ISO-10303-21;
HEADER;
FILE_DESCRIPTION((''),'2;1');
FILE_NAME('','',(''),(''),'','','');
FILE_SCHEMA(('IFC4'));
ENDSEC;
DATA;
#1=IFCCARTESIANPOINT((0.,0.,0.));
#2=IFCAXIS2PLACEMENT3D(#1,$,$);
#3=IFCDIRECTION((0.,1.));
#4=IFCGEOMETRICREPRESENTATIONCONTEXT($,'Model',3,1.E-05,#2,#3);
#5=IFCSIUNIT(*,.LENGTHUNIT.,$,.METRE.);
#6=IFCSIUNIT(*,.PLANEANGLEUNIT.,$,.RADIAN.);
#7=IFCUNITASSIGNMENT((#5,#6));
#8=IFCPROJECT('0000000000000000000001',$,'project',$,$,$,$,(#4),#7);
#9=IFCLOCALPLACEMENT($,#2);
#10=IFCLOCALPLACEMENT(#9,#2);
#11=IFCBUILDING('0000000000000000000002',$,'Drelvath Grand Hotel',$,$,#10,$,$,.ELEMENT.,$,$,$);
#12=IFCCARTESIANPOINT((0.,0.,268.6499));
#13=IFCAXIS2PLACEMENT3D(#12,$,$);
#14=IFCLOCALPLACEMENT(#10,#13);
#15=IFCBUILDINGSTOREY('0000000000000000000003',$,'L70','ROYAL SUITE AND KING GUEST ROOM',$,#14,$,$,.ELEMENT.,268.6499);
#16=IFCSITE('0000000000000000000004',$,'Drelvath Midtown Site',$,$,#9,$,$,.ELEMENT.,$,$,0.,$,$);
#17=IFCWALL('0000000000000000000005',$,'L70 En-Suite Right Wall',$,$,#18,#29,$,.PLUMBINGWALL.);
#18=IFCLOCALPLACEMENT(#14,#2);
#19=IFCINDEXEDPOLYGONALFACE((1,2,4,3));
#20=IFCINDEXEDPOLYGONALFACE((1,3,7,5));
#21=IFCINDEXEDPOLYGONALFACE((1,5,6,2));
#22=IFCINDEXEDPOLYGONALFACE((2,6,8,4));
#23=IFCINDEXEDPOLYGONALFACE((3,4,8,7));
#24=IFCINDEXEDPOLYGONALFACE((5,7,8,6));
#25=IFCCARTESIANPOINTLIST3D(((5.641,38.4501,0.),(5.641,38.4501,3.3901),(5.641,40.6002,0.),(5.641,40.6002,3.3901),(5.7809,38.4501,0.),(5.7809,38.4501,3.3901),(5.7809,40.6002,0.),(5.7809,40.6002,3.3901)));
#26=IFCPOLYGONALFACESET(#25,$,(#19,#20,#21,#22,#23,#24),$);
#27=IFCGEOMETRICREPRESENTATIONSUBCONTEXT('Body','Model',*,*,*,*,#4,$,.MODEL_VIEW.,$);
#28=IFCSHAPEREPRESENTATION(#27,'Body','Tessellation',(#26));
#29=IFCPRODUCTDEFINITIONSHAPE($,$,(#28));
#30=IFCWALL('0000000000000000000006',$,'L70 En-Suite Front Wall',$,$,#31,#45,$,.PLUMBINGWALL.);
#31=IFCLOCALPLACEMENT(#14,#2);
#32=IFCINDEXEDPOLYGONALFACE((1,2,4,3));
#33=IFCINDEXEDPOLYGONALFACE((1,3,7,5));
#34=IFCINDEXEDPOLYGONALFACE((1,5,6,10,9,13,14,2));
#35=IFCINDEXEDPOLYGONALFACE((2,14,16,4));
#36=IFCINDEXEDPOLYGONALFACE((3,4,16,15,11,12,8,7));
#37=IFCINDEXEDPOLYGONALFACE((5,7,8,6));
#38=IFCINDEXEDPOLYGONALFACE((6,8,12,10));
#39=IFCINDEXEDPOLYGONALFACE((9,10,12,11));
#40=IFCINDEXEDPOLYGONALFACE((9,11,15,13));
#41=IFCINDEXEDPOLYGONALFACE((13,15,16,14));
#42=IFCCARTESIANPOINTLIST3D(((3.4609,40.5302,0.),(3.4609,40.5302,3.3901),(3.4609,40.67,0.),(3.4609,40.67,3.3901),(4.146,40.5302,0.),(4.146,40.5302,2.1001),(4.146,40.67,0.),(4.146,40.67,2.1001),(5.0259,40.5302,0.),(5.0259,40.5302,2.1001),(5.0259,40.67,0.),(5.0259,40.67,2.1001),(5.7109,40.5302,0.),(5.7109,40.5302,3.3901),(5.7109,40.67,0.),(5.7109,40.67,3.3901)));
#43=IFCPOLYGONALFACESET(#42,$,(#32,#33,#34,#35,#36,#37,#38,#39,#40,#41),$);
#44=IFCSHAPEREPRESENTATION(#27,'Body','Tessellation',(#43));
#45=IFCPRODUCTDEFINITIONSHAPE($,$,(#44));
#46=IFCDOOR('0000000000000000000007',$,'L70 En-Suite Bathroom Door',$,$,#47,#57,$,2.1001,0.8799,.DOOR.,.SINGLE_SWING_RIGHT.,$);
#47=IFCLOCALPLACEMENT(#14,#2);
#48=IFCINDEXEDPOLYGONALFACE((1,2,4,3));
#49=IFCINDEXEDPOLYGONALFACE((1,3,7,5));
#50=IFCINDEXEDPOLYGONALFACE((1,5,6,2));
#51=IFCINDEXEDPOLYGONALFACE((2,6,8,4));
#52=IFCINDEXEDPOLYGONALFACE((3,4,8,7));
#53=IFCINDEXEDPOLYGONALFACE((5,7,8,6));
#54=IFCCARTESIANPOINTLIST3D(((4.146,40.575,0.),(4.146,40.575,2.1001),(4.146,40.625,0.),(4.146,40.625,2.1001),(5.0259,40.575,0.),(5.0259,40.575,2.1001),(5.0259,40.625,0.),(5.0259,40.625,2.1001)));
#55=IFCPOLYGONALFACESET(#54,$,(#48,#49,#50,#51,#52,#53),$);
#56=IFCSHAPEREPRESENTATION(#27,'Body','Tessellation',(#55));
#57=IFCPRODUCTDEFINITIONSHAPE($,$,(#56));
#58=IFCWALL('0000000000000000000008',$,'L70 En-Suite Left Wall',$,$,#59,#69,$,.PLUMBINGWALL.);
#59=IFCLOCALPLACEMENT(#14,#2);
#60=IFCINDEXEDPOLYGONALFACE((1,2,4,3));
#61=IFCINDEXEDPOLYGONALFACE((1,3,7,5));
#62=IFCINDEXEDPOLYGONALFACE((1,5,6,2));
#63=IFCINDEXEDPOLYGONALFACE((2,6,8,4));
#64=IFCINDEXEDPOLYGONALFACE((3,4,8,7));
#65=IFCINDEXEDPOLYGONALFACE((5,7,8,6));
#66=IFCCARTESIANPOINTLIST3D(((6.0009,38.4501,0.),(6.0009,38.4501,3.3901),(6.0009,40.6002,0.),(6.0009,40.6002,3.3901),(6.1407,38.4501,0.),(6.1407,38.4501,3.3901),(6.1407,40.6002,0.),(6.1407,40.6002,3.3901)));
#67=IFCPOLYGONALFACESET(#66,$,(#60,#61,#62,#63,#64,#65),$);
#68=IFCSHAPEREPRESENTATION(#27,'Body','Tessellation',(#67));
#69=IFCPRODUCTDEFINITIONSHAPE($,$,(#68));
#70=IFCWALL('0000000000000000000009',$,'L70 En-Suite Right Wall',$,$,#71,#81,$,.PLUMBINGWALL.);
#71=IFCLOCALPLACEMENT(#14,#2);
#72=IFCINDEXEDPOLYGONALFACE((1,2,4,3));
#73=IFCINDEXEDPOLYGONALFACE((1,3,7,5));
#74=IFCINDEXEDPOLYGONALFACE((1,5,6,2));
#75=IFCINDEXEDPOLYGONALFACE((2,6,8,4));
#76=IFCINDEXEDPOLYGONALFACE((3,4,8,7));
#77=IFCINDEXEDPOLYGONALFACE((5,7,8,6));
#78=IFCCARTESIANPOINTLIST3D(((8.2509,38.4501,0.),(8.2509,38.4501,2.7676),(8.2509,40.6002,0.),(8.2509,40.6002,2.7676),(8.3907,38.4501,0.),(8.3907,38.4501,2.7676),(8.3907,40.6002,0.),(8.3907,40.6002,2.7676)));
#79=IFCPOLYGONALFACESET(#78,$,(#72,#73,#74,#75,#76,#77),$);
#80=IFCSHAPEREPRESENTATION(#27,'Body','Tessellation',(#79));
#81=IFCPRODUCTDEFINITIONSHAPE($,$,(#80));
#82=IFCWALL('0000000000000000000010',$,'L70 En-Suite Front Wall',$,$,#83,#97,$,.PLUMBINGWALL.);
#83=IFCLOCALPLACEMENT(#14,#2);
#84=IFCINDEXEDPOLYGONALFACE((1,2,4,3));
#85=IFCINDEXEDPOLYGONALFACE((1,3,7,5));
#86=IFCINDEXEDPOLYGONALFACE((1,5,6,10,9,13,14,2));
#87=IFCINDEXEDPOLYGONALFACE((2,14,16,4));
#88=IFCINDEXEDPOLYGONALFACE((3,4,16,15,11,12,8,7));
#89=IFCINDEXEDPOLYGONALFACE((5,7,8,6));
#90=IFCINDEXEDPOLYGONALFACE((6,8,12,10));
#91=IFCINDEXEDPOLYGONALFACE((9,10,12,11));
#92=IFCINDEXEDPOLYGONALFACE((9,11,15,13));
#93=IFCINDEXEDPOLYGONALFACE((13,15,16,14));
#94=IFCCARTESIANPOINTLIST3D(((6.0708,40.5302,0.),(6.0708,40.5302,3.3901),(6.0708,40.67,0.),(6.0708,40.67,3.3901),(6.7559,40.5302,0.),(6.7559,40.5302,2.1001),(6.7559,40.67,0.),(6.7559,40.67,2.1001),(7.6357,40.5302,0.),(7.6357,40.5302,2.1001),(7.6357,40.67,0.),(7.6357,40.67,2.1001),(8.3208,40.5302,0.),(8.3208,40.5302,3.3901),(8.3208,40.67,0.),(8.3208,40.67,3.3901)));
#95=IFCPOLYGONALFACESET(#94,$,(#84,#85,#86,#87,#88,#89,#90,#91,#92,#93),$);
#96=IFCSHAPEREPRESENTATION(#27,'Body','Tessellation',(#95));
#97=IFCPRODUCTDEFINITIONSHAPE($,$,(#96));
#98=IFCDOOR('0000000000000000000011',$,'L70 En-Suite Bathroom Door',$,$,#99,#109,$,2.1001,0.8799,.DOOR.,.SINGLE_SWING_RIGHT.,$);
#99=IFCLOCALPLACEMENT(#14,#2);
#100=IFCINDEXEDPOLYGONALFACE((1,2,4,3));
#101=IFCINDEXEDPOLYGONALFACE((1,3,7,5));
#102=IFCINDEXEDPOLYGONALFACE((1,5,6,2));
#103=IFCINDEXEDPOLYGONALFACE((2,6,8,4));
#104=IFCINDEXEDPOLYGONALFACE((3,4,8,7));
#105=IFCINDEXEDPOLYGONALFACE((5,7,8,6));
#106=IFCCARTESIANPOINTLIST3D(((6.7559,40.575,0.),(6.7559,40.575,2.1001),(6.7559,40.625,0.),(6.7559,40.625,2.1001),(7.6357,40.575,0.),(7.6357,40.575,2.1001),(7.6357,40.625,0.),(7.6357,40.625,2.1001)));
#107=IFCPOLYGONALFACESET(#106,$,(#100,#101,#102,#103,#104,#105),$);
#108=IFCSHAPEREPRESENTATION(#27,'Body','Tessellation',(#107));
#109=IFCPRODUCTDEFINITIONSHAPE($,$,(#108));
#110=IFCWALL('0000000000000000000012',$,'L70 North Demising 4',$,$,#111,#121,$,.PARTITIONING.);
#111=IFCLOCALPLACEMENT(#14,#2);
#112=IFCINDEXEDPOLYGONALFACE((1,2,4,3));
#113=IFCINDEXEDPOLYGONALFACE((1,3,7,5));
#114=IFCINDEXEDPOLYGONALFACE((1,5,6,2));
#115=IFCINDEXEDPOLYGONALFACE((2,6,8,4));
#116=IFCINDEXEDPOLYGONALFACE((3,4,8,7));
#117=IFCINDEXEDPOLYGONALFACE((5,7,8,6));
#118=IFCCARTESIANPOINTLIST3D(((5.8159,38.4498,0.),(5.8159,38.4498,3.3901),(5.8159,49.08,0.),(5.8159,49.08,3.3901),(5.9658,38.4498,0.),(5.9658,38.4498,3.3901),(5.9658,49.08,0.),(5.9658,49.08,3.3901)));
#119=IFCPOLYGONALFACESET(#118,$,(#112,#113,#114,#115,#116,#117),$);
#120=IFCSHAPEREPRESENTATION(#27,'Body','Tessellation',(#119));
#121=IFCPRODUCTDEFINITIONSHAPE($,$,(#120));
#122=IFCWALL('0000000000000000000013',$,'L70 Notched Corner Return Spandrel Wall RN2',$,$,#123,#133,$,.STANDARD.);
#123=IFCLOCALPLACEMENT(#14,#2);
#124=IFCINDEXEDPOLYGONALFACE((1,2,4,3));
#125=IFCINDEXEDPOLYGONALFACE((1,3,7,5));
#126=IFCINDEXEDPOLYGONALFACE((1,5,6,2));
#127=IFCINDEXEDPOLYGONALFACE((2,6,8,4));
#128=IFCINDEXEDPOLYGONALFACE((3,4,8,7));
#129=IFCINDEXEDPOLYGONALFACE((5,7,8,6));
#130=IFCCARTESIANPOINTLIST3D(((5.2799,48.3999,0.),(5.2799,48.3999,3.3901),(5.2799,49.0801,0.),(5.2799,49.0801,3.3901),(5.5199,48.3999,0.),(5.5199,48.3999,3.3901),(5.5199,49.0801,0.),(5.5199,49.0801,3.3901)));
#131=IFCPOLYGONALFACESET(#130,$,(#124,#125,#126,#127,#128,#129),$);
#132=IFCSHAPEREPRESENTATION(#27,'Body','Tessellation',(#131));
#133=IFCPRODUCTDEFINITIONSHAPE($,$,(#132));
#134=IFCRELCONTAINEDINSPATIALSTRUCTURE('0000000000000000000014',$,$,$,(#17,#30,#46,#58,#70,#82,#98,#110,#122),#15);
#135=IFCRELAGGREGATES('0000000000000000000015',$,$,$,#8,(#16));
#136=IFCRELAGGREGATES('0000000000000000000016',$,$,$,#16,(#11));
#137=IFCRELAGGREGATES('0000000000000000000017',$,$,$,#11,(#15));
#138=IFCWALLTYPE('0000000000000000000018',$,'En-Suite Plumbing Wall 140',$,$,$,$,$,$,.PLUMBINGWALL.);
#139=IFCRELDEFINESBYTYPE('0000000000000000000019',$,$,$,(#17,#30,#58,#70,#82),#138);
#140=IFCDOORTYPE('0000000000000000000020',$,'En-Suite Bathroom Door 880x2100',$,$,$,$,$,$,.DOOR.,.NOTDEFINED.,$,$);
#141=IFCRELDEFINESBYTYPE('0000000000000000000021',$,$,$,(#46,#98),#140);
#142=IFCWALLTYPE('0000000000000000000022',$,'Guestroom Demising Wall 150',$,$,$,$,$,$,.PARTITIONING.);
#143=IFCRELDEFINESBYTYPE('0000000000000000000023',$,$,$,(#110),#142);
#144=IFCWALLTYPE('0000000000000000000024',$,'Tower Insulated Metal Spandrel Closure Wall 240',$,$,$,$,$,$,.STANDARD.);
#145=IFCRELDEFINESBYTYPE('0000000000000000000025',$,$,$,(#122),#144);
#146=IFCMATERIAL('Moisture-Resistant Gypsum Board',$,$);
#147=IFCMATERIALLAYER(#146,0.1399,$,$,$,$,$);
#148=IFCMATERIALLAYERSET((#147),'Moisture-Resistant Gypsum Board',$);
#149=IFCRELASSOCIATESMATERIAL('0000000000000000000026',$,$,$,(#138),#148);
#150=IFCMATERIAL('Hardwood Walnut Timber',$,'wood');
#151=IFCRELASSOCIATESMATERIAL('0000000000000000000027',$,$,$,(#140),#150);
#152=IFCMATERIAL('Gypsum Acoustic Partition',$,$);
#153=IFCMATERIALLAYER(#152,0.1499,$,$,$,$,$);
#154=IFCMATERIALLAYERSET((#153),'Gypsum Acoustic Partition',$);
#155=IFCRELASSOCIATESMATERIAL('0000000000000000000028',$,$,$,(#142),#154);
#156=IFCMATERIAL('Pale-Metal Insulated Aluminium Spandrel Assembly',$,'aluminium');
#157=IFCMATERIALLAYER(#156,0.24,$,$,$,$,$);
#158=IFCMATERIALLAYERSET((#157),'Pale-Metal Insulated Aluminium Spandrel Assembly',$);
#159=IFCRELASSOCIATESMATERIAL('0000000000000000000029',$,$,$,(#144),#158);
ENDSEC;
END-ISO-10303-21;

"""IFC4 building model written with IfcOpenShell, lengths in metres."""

from ifc_helpers import new_model, si_unit, direction, frame, frame_2d, origin, place, context, subcontext, project, spatial, rectangle, extrude, material, layer, layer_set, type_object, element, fill, save


model = new_model("IFC4")

# Units and contexts
model_context = context("Model", 3, precision=1e-05, world=origin(), true_north=direction((0.0, 1.0)))
body_context = subcontext(model_context, "Body", "Model", "MODEL_VIEW")
ifc_project = project(units=[si_unit("LENGTHUNIT", "METRE"), si_unit("PLANEANGLEUNIT", "RADIAN")], contexts=[model_context])

# Site, building, storey
site_placement = place(None, origin())
site = spatial("IfcSite", under=ifc_project, at=site_placement, Name="Drelvath Midtown Site", CompositionType="ELEMENT", RefElevation=0.0)
building_placement = place(site_placement, origin())
building = spatial("IfcBuilding", under=site, at=building_placement, Name="Drelvath Grand Hotel", CompositionType="ELEMENT")
storey_placement = place(building_placement, frame((0.0, 0.0, 268.6499)))
storey = spatial("IfcBuildingStorey", under=building, at=storey_placement, Name="L70", Description="ROYAL SUITE AND KING GUEST ROOM", CompositionType="ELEMENT", Elevation=268.6499)

# Wall
ifc_material_1 = material(Name="Moisture-Resistant Gypsum Board")
ifc_layer_1 = layer(ifc_material_1, 0.1399)
ifc_layer_set_1 = layer_set([ifc_layer_1], Name="Moisture-Resistant Gypsum Board")
wall_type_1 = type_object("IfcWallType", Name="En-Suite Plumbing Wall 140", PredefinedType="PLUMBINGWALL", material=ifc_layer_set_1)
wall_1_placement = place(storey_placement, frame((5.7109, 38.45, 0.0), z_axis=(0.0, 0.0, 1.0), x_axis=(0.0, 1.0, 0.0)))
element("IfcWall", 1, at=wall_1_placement, inside=storey, type_object=wall_type_1, Name="L70 En-Suite Right Wall", PredefinedType="PLUMBINGWALL", context=body_context, shape_type="SweptSolid", body=[
    extrude(rectangle(XDim=2.1501, YDim=0.1399, at=frame_2d((1.0752, 0.0))), origin(), (0.0, 0.0, 1.0), 3.3901),
])

# Wall, opening, door
wall_2_placement = place(storey_placement, frame((3.4609, 40.6001, 0.0), z_axis=(0.0, 0.0, 1.0), x_axis=(1.0, 0.0, 0.0)))
wall_2 = element("IfcWall", 2, at=wall_2_placement, inside=storey, type_object=wall_type_1, Name="L70 En-Suite Front Wall", PredefinedType="PLUMBINGWALL", context=body_context, shape_type="SweptSolid", body=[
    extrude(rectangle(XDim=2.25, YDim=0.1399, at=frame_2d((1.125, 0.0))), origin(), (0.0, 0.0, 1.0), 3.3901),
])
opening_1_placement = place(wall_2_placement, frame((0.6851, 0.0, 0.0)))
opening_1 = element("IfcOpeningElement", 3, at=opening_1_placement, cuts=wall_2, PredefinedType="OPENING", context=body_context, shape_type="SweptSolid", body=[
    extrude(rectangle(XDim=0.8799, YDim=2.1001, at=frame_2d((0.4399, 1.05))), frame((0.0, 0.0798, 0.0), z_axis=(0.0, -1.0, 0.0), x_axis=(1.0, 0.0, 0.0)), (0.0, 0.0, 1.0), 0.1599),
])
ifc_material_2 = material(Name="Hardwood Walnut Timber", Category="wood")
door_type = type_object("IfcDoorType", Name="En-Suite Bathroom Door 880x2100", OperationType="NOTDEFINED", PredefinedType="DOOR", material=ifc_material_2)
door_1_placement = place(opening_1_placement, origin())
door_1 = element("IfcDoor", 4, at=door_1_placement, inside=storey, type_object=door_type, Name="L70 En-Suite Bathroom Door", OperationType="SINGLE_SWING_RIGHT", OverallHeight=2.1001, OverallWidth=0.8799, PredefinedType="DOOR", context=body_context, shape_type="SweptSolid", body=[
    extrude(rectangle(XDim=0.8799, YDim=2.1001, at=frame_2d((0.4399, 1.05))), frame((0.0, 0.0249, 0.0), z_axis=(0.0, -1.0, 0.0), x_axis=(1.0, 0.0, 0.0)), (0.0, 0.0, 1.0), 0.05),
])
fill(opening_1, door_1)

# Walls
wall_3_placement = place(storey_placement, frame((6.0708, 38.45, 0.0), z_axis=(0.0, 0.0, 1.0), x_axis=(0.0, 1.0, 0.0)))
element("IfcWall", 5, at=wall_3_placement, inside=storey, type_object=wall_type_1, Name="L70 En-Suite Left Wall", PredefinedType="PLUMBINGWALL", context=body_context, shape_type="SweptSolid", body=[
    extrude(rectangle(XDim=2.1501, YDim=0.1399, at=frame_2d((1.0752, 0.0))), origin(), (0.0, 0.0, 1.0), 3.3901),
])
wall_4_placement = place(storey_placement, frame((8.3208, 38.45, 0.0), z_axis=(0.0, 0.0, 1.0), x_axis=(0.0, 1.0, 0.0)))
element("IfcWall", 6, at=wall_4_placement, inside=storey, type_object=wall_type_1, Name="L70 En-Suite Right Wall", PredefinedType="PLUMBINGWALL", context=body_context, shape_type="SweptSolid", body=[
    extrude(rectangle(XDim=2.1501, YDim=0.1399, at=frame_2d((1.0752, 0.0))), origin(), (0.0, 0.0, 1.0), 2.7676),
])

# Wall, opening, door
wall_5_placement = place(storey_placement, frame((6.0708, 40.6001, 0.0), z_axis=(0.0, 0.0, 1.0), x_axis=(1.0, 0.0, 0.0)))
wall_5 = element("IfcWall", 7, at=wall_5_placement, inside=storey, type_object=wall_type_1, Name="L70 En-Suite Front Wall", PredefinedType="PLUMBINGWALL", context=body_context, shape_type="SweptSolid", body=[
    extrude(rectangle(XDim=2.25, YDim=0.1399, at=frame_2d((1.125, 0.0))), origin(), (0.0, 0.0, 1.0), 3.3901),
])
opening_2_placement = place(wall_5_placement, frame((0.6851, 0.0, 0.0)))
opening_2 = element("IfcOpeningElement", 8, at=opening_2_placement, cuts=wall_5, PredefinedType="OPENING", context=body_context, shape_type="SweptSolid", body=[
    extrude(rectangle(XDim=0.8799, YDim=2.1001, at=frame_2d((0.4399, 1.05))), frame((0.0, 0.0798, 0.0), z_axis=(0.0, -1.0, 0.0), x_axis=(1.0, 0.0, 0.0)), (0.0, 0.0, 1.0), 0.1599),
])
door_2_placement = place(opening_2_placement, origin())
door_2 = element("IfcDoor", 9, at=door_2_placement, inside=storey, type_object=door_type, Name="L70 En-Suite Bathroom Door", OperationType="SINGLE_SWING_RIGHT", OverallHeight=2.1001, OverallWidth=0.8799, PredefinedType="DOOR", context=body_context, shape_type="SweptSolid", body=[
    extrude(rectangle(XDim=0.8799, YDim=2.1001, at=frame_2d((0.4399, 1.05))), frame((0.0, 0.0249, 0.0), z_axis=(0.0, -1.0, 0.0), x_axis=(1.0, 0.0, 0.0)), (0.0, 0.0, 1.0), 0.05),
])
fill(opening_2, door_2)

# Walls
ifc_material_3 = material(Name="Gypsum Acoustic Partition")
ifc_layer_2 = layer(ifc_material_3, 0.1499)
ifc_layer_set_2 = layer_set([ifc_layer_2], Name="Gypsum Acoustic Partition")
wall_type_2 = type_object("IfcWallType", Name="Guestroom Demising Wall 150", PredefinedType="PARTITIONING", material=ifc_layer_set_2)
wall_6_placement = place(storey_placement, frame((5.8909, 38.45, 0.0), z_axis=(0.0, 0.0, 1.0), x_axis=(0.0, 1.0, 0.0)))
element("IfcWall", 10, at=wall_6_placement, inside=storey, type_object=wall_type_2, Name="L70 North Demising 4", PredefinedType="PARTITIONING", context=body_context, shape_type="SweptSolid", body=[
    extrude(rectangle(XDim=10.6301, YDim=0.1499, at=frame_2d((5.3149, 0.0))), origin(), (0.0, 0.0, 1.0), 3.3901),
])
ifc_material_4 = material(Name="Pale-Metal Insulated Aluminium Spandrel Assembly", Category="aluminium")
ifc_layer_3 = layer(ifc_material_4, 0.24)
ifc_layer_set_3 = layer_set([ifc_layer_3], Name="Pale-Metal Insulated Aluminium Spandrel Assembly")
wall_type_3 = type_object("IfcWallType", Name="Tower Insulated Metal Spandrel Closure Wall 240", PredefinedType="STANDARD", material=ifc_layer_set_3)
wall_7_placement = place(storey_placement, frame((5.3999, 48.3999, 0.0), z_axis=(0.0, 0.0, 1.0), x_axis=(0.0, 1.0, 0.0)))
element("IfcWall", 11, at=wall_7_placement, inside=storey, type_object=wall_type_3, Name="L70 Notched Corner Return Spandrel Wall RN2", PredefinedType="STANDARD", context=body_context, shape_type="SweptSolid", body=[
    extrude(rectangle(XDim=0.6802, YDim=0.24, at=frame_2d((0.3401, 0.0))), origin(), (0.0, 0.0, 1.0), 3.3901),
])

save(model, "model.ifc")
